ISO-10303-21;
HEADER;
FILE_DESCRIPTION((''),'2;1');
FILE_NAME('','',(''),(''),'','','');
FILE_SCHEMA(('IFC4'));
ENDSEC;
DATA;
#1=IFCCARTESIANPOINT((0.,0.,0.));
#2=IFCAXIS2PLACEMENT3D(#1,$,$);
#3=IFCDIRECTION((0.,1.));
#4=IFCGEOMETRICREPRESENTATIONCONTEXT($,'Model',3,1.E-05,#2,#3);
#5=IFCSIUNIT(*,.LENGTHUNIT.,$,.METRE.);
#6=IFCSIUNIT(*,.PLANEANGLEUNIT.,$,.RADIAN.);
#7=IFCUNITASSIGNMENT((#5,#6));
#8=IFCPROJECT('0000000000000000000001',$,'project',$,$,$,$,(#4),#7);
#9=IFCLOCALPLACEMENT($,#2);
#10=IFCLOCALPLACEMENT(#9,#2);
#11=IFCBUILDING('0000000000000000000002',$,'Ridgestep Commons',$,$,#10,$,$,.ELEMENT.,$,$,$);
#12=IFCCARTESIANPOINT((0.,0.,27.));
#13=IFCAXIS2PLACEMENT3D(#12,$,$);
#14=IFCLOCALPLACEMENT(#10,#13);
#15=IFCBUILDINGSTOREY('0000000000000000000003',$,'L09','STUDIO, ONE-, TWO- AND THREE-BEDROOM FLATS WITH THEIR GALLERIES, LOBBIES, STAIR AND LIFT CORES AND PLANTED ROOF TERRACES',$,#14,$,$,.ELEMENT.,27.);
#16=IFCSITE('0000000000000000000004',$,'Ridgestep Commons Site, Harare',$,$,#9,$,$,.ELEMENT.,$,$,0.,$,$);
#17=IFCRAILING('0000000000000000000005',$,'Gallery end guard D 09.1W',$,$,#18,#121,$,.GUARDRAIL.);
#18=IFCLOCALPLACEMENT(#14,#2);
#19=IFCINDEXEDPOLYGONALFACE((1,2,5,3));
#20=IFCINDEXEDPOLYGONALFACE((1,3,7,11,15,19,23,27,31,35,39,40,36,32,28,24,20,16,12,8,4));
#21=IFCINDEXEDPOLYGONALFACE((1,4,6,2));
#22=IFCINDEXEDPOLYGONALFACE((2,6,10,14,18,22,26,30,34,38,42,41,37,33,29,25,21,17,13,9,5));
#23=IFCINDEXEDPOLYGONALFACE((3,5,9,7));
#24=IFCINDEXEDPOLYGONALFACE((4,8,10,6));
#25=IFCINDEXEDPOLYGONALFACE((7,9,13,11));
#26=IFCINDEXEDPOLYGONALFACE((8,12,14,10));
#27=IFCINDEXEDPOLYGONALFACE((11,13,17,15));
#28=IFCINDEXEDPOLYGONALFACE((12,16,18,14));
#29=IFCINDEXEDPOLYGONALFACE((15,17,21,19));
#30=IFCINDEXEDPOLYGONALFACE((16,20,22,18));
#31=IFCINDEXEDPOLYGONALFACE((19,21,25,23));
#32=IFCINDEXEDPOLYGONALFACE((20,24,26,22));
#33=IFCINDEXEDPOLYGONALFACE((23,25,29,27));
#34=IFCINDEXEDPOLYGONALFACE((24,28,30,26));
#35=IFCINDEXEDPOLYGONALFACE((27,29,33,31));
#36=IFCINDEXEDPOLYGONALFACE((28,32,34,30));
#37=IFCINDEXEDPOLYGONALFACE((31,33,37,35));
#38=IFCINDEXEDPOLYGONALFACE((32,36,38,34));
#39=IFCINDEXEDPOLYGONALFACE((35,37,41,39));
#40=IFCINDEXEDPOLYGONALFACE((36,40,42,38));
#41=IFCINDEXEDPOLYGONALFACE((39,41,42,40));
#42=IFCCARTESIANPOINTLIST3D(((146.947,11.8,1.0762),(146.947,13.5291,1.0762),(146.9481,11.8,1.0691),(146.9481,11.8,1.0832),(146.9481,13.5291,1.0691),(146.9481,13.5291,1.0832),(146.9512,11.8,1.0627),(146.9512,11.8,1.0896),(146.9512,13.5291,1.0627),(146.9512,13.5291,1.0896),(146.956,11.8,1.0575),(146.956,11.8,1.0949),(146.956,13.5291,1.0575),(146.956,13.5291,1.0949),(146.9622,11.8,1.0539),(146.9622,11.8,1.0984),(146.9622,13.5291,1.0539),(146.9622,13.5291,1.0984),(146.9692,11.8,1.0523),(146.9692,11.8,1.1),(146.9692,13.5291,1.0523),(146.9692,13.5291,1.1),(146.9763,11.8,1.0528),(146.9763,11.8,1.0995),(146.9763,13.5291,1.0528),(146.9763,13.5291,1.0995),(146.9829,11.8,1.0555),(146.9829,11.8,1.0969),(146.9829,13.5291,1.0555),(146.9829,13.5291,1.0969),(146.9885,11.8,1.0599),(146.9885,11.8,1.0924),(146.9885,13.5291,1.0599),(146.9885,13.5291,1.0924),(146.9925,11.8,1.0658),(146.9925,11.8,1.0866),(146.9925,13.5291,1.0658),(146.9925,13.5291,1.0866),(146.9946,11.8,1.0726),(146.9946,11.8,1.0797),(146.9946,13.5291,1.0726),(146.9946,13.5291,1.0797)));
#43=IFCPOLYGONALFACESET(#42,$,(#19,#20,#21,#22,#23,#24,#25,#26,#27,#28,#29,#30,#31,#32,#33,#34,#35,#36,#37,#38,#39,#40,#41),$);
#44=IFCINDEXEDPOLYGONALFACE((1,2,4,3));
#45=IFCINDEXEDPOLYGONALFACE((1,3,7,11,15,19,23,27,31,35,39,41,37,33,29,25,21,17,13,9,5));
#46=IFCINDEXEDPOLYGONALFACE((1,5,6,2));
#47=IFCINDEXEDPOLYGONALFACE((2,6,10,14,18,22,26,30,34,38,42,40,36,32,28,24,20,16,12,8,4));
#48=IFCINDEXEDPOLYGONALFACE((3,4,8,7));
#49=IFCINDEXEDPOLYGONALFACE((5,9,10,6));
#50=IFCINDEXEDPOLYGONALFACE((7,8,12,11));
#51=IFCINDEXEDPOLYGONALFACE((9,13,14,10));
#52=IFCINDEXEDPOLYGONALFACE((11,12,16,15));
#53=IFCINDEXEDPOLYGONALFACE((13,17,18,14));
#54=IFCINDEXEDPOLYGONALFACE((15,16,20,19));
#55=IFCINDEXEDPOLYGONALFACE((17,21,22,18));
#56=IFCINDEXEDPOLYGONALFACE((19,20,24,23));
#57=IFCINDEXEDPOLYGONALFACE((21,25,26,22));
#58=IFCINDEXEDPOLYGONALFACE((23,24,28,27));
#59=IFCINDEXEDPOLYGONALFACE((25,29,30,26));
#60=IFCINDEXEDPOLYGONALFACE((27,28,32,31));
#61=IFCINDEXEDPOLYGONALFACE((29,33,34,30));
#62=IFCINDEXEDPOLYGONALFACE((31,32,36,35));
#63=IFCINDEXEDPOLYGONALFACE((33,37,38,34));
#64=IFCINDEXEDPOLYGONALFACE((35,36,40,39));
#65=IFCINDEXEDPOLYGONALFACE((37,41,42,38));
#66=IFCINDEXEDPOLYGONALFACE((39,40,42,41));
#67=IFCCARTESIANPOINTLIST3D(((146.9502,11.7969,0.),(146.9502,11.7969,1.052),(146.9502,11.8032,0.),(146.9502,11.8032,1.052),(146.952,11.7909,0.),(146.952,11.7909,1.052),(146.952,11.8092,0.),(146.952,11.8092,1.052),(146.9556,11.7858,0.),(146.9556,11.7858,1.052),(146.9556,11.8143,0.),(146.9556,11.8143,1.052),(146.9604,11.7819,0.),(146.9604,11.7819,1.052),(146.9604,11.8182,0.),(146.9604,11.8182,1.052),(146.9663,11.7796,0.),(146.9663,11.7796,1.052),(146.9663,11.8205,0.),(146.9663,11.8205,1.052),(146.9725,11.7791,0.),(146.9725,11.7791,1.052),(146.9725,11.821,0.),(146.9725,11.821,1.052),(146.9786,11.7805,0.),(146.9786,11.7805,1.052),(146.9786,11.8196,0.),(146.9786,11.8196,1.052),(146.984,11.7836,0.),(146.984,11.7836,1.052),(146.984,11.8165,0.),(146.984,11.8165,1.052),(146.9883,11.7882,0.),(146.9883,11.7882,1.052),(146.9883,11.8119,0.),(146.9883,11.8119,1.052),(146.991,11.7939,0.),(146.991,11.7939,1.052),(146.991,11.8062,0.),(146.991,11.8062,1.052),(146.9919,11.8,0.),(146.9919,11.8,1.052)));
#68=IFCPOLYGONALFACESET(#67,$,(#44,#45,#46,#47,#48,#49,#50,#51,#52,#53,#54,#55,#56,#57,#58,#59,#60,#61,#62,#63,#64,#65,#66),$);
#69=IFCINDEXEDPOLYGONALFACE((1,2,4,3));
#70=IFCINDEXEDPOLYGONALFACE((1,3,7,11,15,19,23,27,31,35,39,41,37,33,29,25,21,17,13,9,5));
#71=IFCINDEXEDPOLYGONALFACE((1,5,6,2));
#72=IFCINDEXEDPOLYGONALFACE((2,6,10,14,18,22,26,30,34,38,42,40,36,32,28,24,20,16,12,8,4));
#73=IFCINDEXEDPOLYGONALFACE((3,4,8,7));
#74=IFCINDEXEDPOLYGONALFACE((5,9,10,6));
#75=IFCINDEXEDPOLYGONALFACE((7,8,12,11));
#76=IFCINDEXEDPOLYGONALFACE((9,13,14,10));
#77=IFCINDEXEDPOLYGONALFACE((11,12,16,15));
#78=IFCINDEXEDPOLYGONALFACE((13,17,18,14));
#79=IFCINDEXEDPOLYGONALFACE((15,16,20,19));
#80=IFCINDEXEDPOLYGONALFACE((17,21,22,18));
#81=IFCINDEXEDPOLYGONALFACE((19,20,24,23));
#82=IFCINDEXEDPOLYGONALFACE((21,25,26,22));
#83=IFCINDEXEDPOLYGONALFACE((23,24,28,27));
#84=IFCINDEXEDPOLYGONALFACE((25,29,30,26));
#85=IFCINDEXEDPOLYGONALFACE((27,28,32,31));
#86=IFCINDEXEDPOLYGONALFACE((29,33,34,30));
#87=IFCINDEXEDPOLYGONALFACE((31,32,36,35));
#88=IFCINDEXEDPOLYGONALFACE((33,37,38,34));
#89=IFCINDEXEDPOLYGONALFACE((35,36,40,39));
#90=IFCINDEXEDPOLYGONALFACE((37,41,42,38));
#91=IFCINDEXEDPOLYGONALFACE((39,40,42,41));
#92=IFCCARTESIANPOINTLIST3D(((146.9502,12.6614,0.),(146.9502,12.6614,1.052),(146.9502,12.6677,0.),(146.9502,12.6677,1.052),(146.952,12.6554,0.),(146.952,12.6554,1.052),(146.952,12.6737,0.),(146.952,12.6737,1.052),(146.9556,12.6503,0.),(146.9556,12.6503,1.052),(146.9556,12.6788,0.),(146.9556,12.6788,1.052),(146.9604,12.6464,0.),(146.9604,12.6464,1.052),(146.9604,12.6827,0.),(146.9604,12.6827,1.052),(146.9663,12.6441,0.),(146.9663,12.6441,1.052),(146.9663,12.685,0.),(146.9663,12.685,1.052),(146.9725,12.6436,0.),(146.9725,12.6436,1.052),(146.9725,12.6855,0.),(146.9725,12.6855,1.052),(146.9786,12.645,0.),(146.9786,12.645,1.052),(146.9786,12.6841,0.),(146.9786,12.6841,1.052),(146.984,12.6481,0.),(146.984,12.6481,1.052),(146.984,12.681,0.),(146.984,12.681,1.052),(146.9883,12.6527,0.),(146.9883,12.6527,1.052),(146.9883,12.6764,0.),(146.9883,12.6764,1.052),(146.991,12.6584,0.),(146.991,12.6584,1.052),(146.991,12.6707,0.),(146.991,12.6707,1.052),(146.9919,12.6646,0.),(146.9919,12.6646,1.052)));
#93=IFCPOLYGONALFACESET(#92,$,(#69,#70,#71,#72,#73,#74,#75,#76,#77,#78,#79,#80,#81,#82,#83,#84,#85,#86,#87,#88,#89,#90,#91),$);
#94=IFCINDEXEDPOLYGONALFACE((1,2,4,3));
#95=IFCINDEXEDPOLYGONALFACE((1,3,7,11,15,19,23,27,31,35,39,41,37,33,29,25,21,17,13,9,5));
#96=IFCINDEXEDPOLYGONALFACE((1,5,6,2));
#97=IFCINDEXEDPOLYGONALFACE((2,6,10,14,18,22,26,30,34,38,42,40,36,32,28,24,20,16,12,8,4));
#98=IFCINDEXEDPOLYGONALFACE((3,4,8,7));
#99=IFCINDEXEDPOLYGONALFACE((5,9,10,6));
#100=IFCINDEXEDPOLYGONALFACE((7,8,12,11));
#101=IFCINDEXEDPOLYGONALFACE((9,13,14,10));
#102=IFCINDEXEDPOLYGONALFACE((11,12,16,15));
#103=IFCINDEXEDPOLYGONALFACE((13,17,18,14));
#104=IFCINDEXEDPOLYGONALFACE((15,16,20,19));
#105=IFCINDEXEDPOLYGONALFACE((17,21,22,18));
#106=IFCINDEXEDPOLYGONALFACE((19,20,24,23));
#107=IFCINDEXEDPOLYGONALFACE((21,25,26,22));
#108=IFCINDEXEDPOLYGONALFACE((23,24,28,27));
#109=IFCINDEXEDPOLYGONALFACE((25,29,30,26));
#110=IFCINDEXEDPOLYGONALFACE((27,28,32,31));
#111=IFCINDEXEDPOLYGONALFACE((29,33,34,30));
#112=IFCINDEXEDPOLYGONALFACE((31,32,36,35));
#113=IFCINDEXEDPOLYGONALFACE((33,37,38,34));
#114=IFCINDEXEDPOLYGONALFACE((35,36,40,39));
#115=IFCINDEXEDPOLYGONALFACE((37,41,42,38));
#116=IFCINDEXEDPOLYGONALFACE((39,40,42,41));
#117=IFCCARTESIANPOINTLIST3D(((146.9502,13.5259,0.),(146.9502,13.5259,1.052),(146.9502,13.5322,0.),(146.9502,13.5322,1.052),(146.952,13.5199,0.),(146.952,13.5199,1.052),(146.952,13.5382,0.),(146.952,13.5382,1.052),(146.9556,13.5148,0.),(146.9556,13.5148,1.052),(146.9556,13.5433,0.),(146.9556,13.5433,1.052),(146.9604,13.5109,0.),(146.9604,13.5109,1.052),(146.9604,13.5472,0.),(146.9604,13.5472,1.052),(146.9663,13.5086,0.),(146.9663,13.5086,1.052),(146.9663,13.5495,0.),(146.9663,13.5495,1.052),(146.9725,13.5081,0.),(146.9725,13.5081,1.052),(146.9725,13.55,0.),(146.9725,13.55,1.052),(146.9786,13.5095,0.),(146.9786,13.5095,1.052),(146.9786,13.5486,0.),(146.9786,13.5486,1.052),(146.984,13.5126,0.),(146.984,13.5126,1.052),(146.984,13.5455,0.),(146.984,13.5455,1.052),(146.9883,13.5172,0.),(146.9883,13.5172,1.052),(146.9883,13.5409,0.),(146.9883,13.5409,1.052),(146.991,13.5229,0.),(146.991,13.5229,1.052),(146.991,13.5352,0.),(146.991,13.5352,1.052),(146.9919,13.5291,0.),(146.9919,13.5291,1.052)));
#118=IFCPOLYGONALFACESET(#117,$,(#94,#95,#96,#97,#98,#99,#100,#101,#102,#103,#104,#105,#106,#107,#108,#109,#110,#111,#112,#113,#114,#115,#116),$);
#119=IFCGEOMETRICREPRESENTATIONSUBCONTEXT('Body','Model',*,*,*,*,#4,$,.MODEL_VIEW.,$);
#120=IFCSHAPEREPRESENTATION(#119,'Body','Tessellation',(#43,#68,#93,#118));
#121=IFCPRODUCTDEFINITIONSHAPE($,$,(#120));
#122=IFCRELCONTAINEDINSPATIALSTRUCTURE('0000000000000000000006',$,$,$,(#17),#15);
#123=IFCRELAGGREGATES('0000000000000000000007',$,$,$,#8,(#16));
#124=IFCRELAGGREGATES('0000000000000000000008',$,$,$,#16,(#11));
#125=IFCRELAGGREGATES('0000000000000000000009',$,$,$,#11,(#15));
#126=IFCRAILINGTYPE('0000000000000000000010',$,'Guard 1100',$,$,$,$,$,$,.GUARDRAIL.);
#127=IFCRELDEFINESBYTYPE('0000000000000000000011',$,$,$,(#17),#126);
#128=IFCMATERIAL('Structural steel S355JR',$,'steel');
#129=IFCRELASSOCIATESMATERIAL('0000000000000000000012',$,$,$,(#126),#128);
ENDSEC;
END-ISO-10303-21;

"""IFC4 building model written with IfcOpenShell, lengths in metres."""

from ifc_helpers import new_model, si_unit, direction, frame, origin, origin_2d, place, context, subcontext, project, spatial, circle, extrude, material, type_object, element, save


model = new_model("IFC4")

# Units and contexts
model_context = context("Model", 3, precision=1e-05, world=origin(), true_north=direction((0.0, 1.0)))
body_context = subcontext(model_context, "Body", "Model", "MODEL_VIEW")
ifc_project = project(units=[si_unit("LENGTHUNIT", "METRE"), si_unit("PLANEANGLEUNIT", "RADIAN")], contexts=[model_context])

# Site, building, storey
site_placement = place(None, origin())
site = spatial("IfcSite", under=ifc_project, at=site_placement, Name="Ridgestep Commons Site, Harare", CompositionType="ELEMENT", RefElevation=0.0)
building_placement = place(site_placement, origin())
building = spatial("IfcBuilding", under=site, at=building_placement, Name="Ridgestep Commons", CompositionType="ELEMENT")
storey_placement = place(building_placement, frame((0.0, 0.0, 27.0)))
storey = spatial("IfcBuildingStorey", under=building, at=storey_placement, Name="L09", Description="STUDIO, ONE-, TWO- AND THREE-BEDROOM FLATS WITH THEIR GALLERIES, LOBBIES, STAIR AND LIFT CORES AND PLANTED ROOF TERRACES", CompositionType="ELEMENT", Elevation=27.0)

# Railing
ifc_material_1 = material(Name="Structural steel S355JR", Category="steel")
railing_type = type_object("IfcRailingType", Name="Guard 1100", PredefinedType="GUARDRAIL", material=ifc_material_1)
railing_1_placement = place(storey_placement, frame((146.9709, 11.8, 0.0)))
element("IfcRailing", 1, at=railing_1_placement, inside=storey, type_object=railing_type, Name="Gallery end guard D 09.1W", PredefinedType="GUARDRAIL", context=body_context, shape_type="SweptSolid", body=[
    extrude(circle(Radius=0.0239, at=origin_2d()), frame((0.0, 0.0, 1.0762), z_axis=(0.0, 1.0, 0.0), x_axis=(-1.0, 0.0, 0.0)), (0.0, 0.0, 1.0), 1.729),
    extrude(circle(Radius=0.021, at=origin_2d()), origin(), (0.0, 0.0, 1.0), 1.052),
    extrude(circle(Radius=0.021, at=origin_2d()), frame((0.0, 0.8645, 0.0)), (0.0, 0.0, 1.0), 1.052),
    extrude(circle(Radius=0.021, at=origin_2d()), frame((0.0, 1.729, 0.0)), (0.0, 0.0, 1.0), 1.052),
])

save(model, "model.ifc")
